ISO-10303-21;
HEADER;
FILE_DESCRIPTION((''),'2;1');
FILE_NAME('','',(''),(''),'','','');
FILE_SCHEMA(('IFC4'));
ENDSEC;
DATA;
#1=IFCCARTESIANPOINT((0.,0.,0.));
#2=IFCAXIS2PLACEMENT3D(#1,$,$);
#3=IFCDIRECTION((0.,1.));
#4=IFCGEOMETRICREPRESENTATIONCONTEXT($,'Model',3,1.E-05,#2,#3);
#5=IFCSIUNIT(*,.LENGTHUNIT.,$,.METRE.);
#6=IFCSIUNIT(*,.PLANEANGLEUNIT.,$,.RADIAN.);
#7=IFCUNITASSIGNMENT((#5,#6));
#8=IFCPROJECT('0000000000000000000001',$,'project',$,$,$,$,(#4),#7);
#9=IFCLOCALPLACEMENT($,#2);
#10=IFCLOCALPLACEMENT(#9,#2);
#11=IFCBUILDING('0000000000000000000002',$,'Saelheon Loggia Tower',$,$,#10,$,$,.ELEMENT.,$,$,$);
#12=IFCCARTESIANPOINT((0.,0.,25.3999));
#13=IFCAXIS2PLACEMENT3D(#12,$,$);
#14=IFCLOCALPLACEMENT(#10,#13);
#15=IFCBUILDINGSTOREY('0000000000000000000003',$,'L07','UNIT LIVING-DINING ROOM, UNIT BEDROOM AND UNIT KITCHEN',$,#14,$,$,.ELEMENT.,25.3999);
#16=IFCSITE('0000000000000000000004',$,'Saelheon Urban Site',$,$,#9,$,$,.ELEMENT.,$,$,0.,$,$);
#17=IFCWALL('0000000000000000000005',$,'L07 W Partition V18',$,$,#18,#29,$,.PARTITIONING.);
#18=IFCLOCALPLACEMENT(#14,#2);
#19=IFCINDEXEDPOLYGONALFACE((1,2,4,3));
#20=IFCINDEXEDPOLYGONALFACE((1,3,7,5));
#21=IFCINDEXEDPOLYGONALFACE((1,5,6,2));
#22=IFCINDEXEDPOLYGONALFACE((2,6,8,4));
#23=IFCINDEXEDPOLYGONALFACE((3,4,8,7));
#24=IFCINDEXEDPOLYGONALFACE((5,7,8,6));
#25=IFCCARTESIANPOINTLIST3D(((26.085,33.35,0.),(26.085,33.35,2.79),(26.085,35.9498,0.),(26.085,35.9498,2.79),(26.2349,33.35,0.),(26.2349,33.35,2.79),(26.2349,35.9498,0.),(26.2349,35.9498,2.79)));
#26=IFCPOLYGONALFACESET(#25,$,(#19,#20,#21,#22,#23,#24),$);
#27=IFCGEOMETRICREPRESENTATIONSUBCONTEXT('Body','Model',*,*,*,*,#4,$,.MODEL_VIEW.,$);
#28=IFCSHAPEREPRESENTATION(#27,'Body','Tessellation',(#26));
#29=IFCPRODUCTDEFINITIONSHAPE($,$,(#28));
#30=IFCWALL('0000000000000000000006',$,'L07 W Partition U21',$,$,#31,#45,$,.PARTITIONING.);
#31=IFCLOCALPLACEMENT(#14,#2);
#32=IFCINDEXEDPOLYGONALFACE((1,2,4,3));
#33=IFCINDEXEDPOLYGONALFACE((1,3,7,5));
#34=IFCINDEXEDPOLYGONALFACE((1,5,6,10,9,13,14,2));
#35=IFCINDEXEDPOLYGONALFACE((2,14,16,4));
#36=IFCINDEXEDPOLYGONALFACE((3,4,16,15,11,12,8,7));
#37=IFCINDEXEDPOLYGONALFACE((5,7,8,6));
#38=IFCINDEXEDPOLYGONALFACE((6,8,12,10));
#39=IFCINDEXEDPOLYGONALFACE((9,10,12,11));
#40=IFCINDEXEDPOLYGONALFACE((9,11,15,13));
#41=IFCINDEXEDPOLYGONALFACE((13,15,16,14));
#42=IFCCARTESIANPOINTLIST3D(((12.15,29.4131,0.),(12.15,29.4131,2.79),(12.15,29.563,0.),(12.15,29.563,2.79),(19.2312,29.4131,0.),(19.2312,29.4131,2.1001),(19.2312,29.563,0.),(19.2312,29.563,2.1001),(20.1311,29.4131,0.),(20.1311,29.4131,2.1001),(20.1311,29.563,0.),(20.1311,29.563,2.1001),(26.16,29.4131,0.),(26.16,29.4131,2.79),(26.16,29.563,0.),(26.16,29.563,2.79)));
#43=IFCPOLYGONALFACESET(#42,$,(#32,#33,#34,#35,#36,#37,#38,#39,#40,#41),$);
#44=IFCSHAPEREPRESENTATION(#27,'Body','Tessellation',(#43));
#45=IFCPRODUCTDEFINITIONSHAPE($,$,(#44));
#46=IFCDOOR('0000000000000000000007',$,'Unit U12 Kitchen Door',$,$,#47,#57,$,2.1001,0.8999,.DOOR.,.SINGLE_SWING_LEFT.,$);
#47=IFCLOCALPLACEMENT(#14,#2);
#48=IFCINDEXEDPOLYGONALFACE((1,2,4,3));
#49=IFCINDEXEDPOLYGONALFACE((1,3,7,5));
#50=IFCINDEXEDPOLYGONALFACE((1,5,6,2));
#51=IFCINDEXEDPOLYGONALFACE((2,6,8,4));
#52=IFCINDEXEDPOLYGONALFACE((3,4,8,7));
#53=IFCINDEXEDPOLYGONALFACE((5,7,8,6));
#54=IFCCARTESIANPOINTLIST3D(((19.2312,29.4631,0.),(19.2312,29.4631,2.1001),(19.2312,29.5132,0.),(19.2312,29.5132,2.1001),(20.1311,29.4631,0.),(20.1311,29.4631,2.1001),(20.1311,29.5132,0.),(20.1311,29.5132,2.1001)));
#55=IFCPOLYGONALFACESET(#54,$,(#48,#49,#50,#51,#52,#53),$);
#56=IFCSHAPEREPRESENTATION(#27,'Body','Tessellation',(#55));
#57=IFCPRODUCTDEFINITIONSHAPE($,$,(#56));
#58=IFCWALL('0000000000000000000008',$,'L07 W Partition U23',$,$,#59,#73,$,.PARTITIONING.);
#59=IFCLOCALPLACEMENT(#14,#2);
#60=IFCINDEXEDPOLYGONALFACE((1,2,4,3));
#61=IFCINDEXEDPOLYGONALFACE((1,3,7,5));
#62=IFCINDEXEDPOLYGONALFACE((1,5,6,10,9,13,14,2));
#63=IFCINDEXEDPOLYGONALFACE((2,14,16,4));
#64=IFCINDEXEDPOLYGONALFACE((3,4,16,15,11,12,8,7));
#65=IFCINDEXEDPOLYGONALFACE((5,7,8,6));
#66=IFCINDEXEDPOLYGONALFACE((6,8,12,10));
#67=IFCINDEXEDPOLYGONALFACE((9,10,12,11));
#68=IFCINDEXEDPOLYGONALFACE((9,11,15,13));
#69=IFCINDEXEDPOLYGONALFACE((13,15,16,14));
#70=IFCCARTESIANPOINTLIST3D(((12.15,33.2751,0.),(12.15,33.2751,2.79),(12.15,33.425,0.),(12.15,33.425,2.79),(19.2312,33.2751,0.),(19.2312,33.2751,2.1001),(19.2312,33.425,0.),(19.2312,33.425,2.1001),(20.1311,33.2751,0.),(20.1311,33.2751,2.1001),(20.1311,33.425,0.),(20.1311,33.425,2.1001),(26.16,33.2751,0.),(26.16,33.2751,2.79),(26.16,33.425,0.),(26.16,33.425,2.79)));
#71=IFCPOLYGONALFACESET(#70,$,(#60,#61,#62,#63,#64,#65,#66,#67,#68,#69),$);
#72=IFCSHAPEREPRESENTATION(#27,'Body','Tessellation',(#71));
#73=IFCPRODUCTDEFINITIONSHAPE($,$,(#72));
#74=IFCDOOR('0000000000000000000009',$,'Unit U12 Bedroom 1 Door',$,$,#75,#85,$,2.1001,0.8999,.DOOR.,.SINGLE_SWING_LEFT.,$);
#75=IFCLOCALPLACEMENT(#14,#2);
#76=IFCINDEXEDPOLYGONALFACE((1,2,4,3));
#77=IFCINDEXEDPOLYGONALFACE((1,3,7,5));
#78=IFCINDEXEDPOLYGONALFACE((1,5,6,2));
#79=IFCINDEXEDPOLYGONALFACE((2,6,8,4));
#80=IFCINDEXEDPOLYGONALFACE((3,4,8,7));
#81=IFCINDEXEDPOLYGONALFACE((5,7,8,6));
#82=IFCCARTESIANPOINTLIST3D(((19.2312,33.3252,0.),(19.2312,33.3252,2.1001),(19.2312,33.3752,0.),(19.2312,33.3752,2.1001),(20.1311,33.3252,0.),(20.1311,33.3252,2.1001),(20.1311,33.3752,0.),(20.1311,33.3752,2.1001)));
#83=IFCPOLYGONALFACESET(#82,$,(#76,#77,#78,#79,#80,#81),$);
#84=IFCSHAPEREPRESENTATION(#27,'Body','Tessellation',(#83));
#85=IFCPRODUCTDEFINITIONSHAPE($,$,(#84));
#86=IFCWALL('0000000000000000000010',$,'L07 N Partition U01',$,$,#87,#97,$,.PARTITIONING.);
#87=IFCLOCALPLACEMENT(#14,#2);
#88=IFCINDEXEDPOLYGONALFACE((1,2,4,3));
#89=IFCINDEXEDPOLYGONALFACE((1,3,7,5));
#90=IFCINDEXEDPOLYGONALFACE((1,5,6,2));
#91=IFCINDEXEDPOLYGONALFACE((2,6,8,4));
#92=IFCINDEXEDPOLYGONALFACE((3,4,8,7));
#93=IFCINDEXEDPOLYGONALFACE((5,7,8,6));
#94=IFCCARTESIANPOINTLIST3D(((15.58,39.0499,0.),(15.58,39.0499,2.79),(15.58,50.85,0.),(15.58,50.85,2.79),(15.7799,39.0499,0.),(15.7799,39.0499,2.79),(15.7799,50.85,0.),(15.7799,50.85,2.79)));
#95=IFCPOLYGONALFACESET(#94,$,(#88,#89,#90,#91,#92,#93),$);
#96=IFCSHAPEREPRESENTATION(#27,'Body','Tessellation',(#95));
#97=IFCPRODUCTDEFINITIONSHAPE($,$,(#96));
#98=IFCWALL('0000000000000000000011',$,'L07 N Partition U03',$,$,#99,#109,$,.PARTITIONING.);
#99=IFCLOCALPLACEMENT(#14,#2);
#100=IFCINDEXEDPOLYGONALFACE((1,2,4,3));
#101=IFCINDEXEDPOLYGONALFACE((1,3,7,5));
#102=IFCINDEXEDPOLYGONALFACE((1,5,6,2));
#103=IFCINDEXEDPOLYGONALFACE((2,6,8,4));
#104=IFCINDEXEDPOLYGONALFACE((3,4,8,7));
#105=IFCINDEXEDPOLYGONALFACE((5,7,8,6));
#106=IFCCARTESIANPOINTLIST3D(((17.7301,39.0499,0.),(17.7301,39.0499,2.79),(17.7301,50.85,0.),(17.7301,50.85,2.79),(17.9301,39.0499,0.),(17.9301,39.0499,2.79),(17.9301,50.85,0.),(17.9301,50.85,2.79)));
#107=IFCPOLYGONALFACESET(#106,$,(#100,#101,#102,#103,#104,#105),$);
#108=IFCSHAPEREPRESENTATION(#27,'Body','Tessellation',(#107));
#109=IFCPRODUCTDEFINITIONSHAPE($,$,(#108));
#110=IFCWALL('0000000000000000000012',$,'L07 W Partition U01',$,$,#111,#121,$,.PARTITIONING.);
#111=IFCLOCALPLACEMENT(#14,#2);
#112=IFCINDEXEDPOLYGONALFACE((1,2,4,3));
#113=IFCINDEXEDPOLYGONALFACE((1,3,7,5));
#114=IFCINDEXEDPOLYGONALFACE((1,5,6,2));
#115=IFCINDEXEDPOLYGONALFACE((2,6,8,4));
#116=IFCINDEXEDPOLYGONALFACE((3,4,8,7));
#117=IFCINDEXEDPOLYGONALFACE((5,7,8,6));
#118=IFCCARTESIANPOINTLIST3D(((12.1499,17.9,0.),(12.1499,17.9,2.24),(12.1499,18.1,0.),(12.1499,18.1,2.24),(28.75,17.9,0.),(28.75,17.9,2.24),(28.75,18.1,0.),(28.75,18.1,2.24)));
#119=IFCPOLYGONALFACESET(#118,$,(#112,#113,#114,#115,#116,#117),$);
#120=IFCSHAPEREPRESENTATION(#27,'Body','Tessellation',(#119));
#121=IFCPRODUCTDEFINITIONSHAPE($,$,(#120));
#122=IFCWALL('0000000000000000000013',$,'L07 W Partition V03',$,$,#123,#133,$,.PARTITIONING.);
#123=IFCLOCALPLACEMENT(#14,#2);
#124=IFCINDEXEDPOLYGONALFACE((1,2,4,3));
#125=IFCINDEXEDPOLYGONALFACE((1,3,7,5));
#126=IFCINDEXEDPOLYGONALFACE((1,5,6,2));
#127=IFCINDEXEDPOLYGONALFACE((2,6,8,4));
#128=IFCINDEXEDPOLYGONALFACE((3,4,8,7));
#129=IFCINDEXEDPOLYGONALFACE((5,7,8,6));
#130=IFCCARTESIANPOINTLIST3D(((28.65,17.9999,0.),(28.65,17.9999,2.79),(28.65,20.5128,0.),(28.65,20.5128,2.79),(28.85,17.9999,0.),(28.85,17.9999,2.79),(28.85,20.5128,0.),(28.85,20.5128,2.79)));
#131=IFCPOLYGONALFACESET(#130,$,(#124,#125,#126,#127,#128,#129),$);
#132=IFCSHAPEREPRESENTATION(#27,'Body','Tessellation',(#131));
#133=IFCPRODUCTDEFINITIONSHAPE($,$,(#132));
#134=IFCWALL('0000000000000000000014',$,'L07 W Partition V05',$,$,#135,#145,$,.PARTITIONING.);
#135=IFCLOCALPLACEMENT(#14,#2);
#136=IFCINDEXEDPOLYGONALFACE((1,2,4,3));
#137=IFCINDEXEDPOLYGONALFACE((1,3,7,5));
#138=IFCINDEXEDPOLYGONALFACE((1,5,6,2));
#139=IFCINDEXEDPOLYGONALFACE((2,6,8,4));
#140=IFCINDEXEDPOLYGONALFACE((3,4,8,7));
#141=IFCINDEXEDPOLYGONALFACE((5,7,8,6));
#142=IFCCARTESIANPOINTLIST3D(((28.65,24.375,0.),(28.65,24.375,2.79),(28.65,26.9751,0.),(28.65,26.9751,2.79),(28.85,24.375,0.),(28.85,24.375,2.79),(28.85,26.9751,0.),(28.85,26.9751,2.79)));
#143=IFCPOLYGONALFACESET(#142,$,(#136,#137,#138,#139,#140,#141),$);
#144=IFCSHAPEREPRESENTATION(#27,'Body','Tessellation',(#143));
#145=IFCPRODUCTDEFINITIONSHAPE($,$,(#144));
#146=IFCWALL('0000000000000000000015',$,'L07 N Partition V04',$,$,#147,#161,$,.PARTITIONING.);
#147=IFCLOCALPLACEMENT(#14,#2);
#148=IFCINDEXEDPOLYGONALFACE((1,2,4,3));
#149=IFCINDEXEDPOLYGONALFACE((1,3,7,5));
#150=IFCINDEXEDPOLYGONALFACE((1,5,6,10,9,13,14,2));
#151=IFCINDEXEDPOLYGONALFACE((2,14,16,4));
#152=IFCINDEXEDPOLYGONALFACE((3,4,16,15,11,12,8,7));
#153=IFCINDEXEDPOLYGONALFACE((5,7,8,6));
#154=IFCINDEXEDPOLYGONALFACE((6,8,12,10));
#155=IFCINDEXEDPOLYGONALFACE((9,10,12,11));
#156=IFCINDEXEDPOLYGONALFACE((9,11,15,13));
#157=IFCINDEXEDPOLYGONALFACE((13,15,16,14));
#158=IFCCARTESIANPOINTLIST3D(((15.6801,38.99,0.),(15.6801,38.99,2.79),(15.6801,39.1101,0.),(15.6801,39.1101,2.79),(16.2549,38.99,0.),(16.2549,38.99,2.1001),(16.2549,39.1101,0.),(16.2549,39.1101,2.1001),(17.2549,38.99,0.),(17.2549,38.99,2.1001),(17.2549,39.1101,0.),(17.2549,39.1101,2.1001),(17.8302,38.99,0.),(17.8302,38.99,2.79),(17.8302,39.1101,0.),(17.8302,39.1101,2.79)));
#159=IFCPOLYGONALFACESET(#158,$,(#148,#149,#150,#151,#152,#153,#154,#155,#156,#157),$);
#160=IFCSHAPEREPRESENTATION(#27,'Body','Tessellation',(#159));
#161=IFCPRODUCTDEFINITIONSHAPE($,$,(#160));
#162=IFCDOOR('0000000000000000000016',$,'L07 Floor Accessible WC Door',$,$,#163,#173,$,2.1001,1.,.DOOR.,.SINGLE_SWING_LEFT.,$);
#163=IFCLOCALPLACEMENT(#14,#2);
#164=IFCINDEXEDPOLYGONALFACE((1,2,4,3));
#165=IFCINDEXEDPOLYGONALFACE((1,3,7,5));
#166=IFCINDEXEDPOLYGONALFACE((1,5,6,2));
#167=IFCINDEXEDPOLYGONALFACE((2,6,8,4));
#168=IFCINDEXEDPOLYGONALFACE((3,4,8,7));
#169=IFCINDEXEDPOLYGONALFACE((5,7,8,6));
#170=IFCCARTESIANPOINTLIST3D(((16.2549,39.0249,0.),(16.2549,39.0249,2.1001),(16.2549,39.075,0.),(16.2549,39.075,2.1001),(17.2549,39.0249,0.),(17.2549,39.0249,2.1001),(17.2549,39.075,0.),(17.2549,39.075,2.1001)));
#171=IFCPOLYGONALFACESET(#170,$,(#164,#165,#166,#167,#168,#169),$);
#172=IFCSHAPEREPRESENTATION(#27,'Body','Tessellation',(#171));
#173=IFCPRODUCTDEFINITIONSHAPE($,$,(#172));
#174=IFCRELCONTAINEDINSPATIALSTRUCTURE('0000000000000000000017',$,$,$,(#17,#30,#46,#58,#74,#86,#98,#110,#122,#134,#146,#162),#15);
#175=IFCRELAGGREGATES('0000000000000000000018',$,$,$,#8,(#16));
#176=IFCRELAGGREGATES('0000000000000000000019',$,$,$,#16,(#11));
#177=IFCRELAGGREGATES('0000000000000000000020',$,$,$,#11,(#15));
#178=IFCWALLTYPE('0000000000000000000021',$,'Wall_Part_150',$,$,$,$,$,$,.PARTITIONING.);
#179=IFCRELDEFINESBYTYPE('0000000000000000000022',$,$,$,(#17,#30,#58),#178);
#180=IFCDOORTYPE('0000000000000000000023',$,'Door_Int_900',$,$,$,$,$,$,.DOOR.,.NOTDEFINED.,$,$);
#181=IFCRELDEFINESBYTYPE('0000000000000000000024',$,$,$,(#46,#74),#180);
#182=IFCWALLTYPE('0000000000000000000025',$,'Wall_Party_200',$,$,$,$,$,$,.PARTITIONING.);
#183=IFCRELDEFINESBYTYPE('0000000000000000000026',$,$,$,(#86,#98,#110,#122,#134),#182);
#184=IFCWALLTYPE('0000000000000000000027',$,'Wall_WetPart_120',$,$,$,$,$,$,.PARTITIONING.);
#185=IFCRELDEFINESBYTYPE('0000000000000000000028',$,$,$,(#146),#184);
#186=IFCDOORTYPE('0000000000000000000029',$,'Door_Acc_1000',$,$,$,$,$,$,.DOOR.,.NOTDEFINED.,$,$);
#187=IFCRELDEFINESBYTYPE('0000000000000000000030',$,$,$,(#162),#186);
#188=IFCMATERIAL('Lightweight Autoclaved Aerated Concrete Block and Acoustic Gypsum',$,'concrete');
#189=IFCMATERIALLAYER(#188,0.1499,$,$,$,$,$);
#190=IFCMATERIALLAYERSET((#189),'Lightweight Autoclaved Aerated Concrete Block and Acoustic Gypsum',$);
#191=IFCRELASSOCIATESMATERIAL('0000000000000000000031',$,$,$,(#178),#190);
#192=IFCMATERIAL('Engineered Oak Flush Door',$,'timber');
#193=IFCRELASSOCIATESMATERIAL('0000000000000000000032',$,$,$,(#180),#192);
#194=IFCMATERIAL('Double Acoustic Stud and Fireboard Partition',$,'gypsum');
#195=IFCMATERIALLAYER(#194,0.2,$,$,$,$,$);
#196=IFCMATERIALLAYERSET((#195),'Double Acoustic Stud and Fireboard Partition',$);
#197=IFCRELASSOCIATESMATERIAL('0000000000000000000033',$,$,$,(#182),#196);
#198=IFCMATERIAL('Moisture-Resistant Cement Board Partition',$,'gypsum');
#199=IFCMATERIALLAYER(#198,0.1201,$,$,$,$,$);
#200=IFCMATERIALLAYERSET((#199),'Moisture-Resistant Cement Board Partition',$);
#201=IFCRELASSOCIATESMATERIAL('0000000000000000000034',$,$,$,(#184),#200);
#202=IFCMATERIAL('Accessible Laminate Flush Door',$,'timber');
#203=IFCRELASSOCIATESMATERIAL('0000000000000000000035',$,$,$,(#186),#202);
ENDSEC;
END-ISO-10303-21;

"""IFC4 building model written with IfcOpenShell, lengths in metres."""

from ifc_helpers import new_model, si_unit, direction, frame, frame_2d, origin, place, context, subcontext, project, spatial, rectangle, extrude, source, transform, mapped, material, layer, layer_set, type_object, element, fill, save


model = new_model("IFC4")

# Units and contexts
model_context = context("Model", 3, precision=1e-05, world=origin(), true_north=direction((0.0, 1.0)))
body_context = subcontext(model_context, "Body", "Model", "MODEL_VIEW")
ifc_project = project(units=[si_unit("LENGTHUNIT", "METRE"), si_unit("PLANEANGLEUNIT", "RADIAN")], contexts=[model_context])

# Site, building, storey
site_placement = place(None, origin())
site = spatial("IfcSite", under=ifc_project, at=site_placement, Name="Saelheon Urban Site", CompositionType="ELEMENT", RefElevation=0.0)
building_placement = place(site_placement, origin())
building = spatial("IfcBuilding", under=site, at=building_placement, Name="Saelheon Loggia Tower", CompositionType="ELEMENT")
storey_placement = place(building_placement, frame((0.0, 0.0, 25.3999)))
storey = spatial("IfcBuildingStorey", under=building, at=storey_placement, Name="L07", Description="UNIT LIVING-DINING ROOM, UNIT BEDROOM AND UNIT KITCHEN", CompositionType="ELEMENT", Elevation=25.3999)

# Shared definitions
ifc_material_1 = material(Name="Lightweight Autoclaved Aerated Concrete Block and Acoustic Gypsum", Category="concrete")
ifc_layer_1 = layer(ifc_material_1, 0.1499)
ifc_layer_set_1 = layer_set([ifc_layer_1], Name="Lightweight Autoclaved Aerated Concrete Block and Acoustic Gypsum")
wall_type_1 = type_object("IfcWallType", Name="Wall_Part_150", PredefinedType="PARTITIONING", material=ifc_layer_set_1)

# Shared definitions
ifc_material_2 = material(Name="Engineered Oak Flush Door", Category="timber")
door_type_1 = type_object("IfcDoorType", Name="Door_Int_900", OperationType="NOTDEFINED", PredefinedType="DOOR", material=ifc_material_2)
shared_shape_1 = source(origin(), body_context, "Body", "SweptSolid", [
    extrude(rectangle(XDim=0.8999, YDim=2.1001, at=frame_2d((0.45, 1.05))), frame((0.0, 0.0249, 0.0), z_axis=(0.0, -1.0, 0.0), x_axis=(1.0, 0.0, 0.0)), (0.0, 0.0, 1.0), 0.05),
])

# Wall
wall_1_placement = place(storey_placement, frame((26.1599, 33.3501, 0.0), z_axis=(0.0, 0.0, 1.0), x_axis=(0.0, 1.0, 0.0)))
element("IfcWall", 1, at=wall_1_placement, inside=storey, type_object=wall_type_1, Name="L07 W Partition V18", PredefinedType="PARTITIONING", context=body_context, shape_type="SweptSolid", body=[
    extrude(rectangle(XDim=2.5999, YDim=0.1499, at=frame_2d((1.2998, 0.0))), origin(), (0.0, 0.0, 1.0), 2.79),
])

# Walls, openings, doors
wall_2_placement = place(storey_placement, frame((26.1599, 29.488, 0.0), z_axis=(0.0, 0.0, 1.0), x_axis=(-1.0, 0.0, 0.0)))
wall_2 = element("IfcWall", 2, at=wall_2_placement, inside=storey, type_object=wall_type_1, Name="L07 W Partition U21", PredefinedType="PARTITIONING", context=body_context, shape_type="SweptSolid", body=[
    extrude(rectangle(XDim=14.01, YDim=0.1499, at=frame_2d((7.0049, 0.0))), origin(), (0.0, 0.0, 1.0), 2.79),
])
opening_1_placement = place(wall_2_placement, frame((6.0288, 0.0, 0.0)))
opening_1 = element("IfcOpeningElement", 3, at=opening_1_placement, cuts=wall_2, PredefinedType="OPENING", context=body_context, shape_type="SweptSolid", body=[
    extrude(rectangle(XDim=0.8999, YDim=2.1001, at=frame_2d((0.45, 1.05))), frame((0.0, 0.0869, 0.0), z_axis=(0.0, -1.0, 0.0), x_axis=(1.0, 0.0, 0.0)), (0.0, 0.0, 1.0), 0.1738),
])
door_1_placement = place(opening_1_placement, origin())
door_1 = element("IfcDoor", 4, at=door_1_placement, inside=storey, type_object=door_type_1, Name="Unit U12 Kitchen Door", OperationType="SINGLE_SWING_LEFT", OverallHeight=2.1001, OverallWidth=0.8999, PredefinedType="DOOR", context=body_context, shape_type="MappedRepresentation", body=[
    mapped(shared_shape_1, transform((0.0, 0.0, 0.0), scale=1.0)),
])
fill(opening_1, door_1)
wall_3_placement = place(storey_placement, frame((26.1599, 33.3501, 0.0), z_axis=(0.0, 0.0, 1.0), x_axis=(-1.0, 0.0, 0.0)))
wall_3 = element("IfcWall", 5, at=wall_3_placement, inside=storey, type_object=wall_type_1, Name="L07 W Partition U23", PredefinedType="PARTITIONING", context=body_context, shape_type="SweptSolid", body=[
    extrude(rectangle(XDim=14.01, YDim=0.1499, at=frame_2d((7.0049, 0.0))), origin(), (0.0, 0.0, 1.0), 2.79),
])
opening_2_placement = place(wall_3_placement, frame((6.0288, 0.0, 0.0)))
opening_2 = element("IfcOpeningElement", 6, at=opening_2_placement, cuts=wall_3, PredefinedType="OPENING", context=body_context, shape_type="SweptSolid", body=[
    extrude(rectangle(XDim=0.8999, YDim=2.1001, at=frame_2d((0.45, 1.05))), frame((0.0, 0.0869, 0.0), z_axis=(0.0, -1.0, 0.0), x_axis=(1.0, 0.0, 0.0)), (0.0, 0.0, 1.0), 0.1738),
])
door_2_placement = place(opening_2_placement, origin())
door_2 = element("IfcDoor", 7, at=door_2_placement, inside=storey, type_object=door_type_1, Name="Unit U12 Bedroom 1 Door", OperationType="SINGLE_SWING_LEFT", OverallHeight=2.1001, OverallWidth=0.8999, PredefinedType="DOOR", context=body_context, shape_type="MappedRepresentation", body=[
    mapped(shared_shape_1, transform((0.0, 0.0, 0.0), scale=1.0)),
])
fill(opening_2, door_2)

# Walls
ifc_material_3 = material(Name="Double Acoustic Stud and Fireboard Partition", Category="gypsum")
ifc_layer_2 = layer(ifc_material_3, 0.2)
ifc_layer_set_2 = layer_set([ifc_layer_2], Name="Double Acoustic Stud and Fireboard Partition")
wall_type_2 = type_object("IfcWallType", Name="Wall_Party_200", PredefinedType="PARTITIONING", material=ifc_layer_set_2)
for number, where, z_axis, x_axis, name in (
    (8, (15.6799, 39.05, 0.0), (0.0, 0.0, 1.0), (0.0, 1.0, 0.0), "L07 N Partition U01"),
    (9, (17.8301, 39.05, 0.0), (0.0, 0.0, 1.0), (0.0, 1.0, 0.0), "L07 N Partition U03"),
):
    element("IfcWall", number, at=place(storey_placement, frame(where, z_axis=z_axis, x_axis=x_axis)), inside=storey, type_object=wall_type_2, Name=name, PredefinedType="PARTITIONING", context=body_context, shape_type="SweptSolid", body=[
        extrude(rectangle(XDim=11.8, YDim=0.2, at=frame_2d((5.8999, 0.0))), origin(), (0.0, 0.0, 1.0), 2.79),
    ])
wall_4_placement = place(storey_placement, frame((28.75, 18.0, 0.0), z_axis=(0.0, 0.0, 1.0), x_axis=(-1.0, 0.0, 0.0)))
element("IfcWall", 10, at=wall_4_placement, inside=storey, type_object=wall_type_2, Name="L07 W Partition U01", PredefinedType="PARTITIONING", context=body_context, shape_type="SweptSolid", body=[
    extrude(rectangle(XDim=16.6001, YDim=0.2, at=frame_2d((8.3, 0.0))), origin(), (0.0, 0.0, 1.0), 2.24),
])
wall_5_placement = place(storey_placement, frame((28.75, 18.0, 0.0), z_axis=(0.0, 0.0, 1.0), x_axis=(0.0, 1.0, 0.0)))
element("IfcWall", 11, at=wall_5_placement, inside=storey, type_object=wall_type_2, Name="L07 W Partition V03", PredefinedType="PARTITIONING", context=body_context, shape_type="SweptSolid", body=[
    extrude(rectangle(XDim=2.5129, YDim=0.2, at=frame_2d((1.2563, 0.0))), origin(), (0.0, 0.0, 1.0), 2.79),
])

# Wall
wall_6_placement = place(storey_placement, frame((28.75, 24.375, 0.0), z_axis=(0.0, 0.0, 1.0), x_axis=(0.0, 1.0, 0.0)))
element("IfcWall", 12, at=wall_6_placement, inside=storey, type_object=wall_type_2, Name="L07 W Partition V05", PredefinedType="PARTITIONING", context=body_context, shape_type="SweptSolid", body=[
    extrude(rectangle(XDim=2.6001, YDim=0.2, at=frame_2d((1.3, 0.0))), origin(), (0.0, 0.0, 1.0), 2.79),
])

# Wall, opening, door
ifc_material_4 = material(Name="Moisture-Resistant Cement Board Partition", Category="gypsum")
ifc_layer_3 = layer(ifc_material_4, 0.1201)
ifc_layer_set_3 = layer_set([ifc_layer_3], Name="Moisture-Resistant Cement Board Partition")
wall_type_3 = type_object("IfcWallType", Name="Wall_WetPart_120", PredefinedType="PARTITIONING", material=ifc_layer_set_3)
wall_7_placement = place(storey_placement, frame((15.6799, 39.05, 0.0), z_axis=(0.0, 0.0, 1.0), x_axis=(1.0, 0.0, 0.0)))
wall_7 = element("IfcWall", 13, at=wall_7_placement, inside=storey, type_object=wall_type_3, Name="L07 N Partition V04", PredefinedType="PARTITIONING", context=body_context, shape_type="SweptSolid", body=[
    extrude(rectangle(XDim=2.1501, YDim=0.1201, at=frame_2d((1.0752, 0.0))), origin(), (0.0, 0.0, 1.0), 2.79),
])
opening_3_placement = place(wall_7_placement, frame((0.575, 0.0, 0.0)))
opening_3 = element("IfcOpeningElement", 14, at=opening_3_placement, cuts=wall_7, PredefinedType="OPENING", context=body_context, shape_type="SweptSolid", body=[
    extrude(rectangle(XDim=1.0, YDim=2.1001, at=frame_2d((0.5, 1.05))), frame((0.0, 0.072, 0.0), z_axis=(0.0, -1.0, 0.0), x_axis=(1.0, 0.0, 0.0)), (0.0, 0.0, 1.0), 0.144),
])
ifc_material_5 = material(Name="Accessible Laminate Flush Door", Category="timber")
door_type_2 = type_object("IfcDoorType", Name="Door_Acc_1000", OperationType="NOTDEFINED", PredefinedType="DOOR", material=ifc_material_5)
shared_shape_2 = source(origin(), body_context, "Body", "SweptSolid", [
    extrude(rectangle(XDim=1.0, YDim=2.1001, at=frame_2d((0.5, 1.05))), frame((0.0, 0.0249, 0.0), z_axis=(0.0, -1.0, 0.0), x_axis=(1.0, 0.0, 0.0)), (0.0, 0.0, 1.0), 0.05),
])
door_3_placement = place(opening_3_placement, origin())
door_3 = element("IfcDoor", 15, at=door_3_placement, inside=storey, type_object=door_type_2, Name="L07 Floor Accessible WC Door", OperationType="SINGLE_SWING_LEFT", OverallHeight=2.1001, OverallWidth=1.0, PredefinedType="DOOR", context=body_context, shape_type="MappedRepresentation", body=[
    mapped(shared_shape_2, transform((0.0, 0.0, 0.0), scale=1.0)),
])
fill(opening_3, door_3)

save(model, "model.ifc")
